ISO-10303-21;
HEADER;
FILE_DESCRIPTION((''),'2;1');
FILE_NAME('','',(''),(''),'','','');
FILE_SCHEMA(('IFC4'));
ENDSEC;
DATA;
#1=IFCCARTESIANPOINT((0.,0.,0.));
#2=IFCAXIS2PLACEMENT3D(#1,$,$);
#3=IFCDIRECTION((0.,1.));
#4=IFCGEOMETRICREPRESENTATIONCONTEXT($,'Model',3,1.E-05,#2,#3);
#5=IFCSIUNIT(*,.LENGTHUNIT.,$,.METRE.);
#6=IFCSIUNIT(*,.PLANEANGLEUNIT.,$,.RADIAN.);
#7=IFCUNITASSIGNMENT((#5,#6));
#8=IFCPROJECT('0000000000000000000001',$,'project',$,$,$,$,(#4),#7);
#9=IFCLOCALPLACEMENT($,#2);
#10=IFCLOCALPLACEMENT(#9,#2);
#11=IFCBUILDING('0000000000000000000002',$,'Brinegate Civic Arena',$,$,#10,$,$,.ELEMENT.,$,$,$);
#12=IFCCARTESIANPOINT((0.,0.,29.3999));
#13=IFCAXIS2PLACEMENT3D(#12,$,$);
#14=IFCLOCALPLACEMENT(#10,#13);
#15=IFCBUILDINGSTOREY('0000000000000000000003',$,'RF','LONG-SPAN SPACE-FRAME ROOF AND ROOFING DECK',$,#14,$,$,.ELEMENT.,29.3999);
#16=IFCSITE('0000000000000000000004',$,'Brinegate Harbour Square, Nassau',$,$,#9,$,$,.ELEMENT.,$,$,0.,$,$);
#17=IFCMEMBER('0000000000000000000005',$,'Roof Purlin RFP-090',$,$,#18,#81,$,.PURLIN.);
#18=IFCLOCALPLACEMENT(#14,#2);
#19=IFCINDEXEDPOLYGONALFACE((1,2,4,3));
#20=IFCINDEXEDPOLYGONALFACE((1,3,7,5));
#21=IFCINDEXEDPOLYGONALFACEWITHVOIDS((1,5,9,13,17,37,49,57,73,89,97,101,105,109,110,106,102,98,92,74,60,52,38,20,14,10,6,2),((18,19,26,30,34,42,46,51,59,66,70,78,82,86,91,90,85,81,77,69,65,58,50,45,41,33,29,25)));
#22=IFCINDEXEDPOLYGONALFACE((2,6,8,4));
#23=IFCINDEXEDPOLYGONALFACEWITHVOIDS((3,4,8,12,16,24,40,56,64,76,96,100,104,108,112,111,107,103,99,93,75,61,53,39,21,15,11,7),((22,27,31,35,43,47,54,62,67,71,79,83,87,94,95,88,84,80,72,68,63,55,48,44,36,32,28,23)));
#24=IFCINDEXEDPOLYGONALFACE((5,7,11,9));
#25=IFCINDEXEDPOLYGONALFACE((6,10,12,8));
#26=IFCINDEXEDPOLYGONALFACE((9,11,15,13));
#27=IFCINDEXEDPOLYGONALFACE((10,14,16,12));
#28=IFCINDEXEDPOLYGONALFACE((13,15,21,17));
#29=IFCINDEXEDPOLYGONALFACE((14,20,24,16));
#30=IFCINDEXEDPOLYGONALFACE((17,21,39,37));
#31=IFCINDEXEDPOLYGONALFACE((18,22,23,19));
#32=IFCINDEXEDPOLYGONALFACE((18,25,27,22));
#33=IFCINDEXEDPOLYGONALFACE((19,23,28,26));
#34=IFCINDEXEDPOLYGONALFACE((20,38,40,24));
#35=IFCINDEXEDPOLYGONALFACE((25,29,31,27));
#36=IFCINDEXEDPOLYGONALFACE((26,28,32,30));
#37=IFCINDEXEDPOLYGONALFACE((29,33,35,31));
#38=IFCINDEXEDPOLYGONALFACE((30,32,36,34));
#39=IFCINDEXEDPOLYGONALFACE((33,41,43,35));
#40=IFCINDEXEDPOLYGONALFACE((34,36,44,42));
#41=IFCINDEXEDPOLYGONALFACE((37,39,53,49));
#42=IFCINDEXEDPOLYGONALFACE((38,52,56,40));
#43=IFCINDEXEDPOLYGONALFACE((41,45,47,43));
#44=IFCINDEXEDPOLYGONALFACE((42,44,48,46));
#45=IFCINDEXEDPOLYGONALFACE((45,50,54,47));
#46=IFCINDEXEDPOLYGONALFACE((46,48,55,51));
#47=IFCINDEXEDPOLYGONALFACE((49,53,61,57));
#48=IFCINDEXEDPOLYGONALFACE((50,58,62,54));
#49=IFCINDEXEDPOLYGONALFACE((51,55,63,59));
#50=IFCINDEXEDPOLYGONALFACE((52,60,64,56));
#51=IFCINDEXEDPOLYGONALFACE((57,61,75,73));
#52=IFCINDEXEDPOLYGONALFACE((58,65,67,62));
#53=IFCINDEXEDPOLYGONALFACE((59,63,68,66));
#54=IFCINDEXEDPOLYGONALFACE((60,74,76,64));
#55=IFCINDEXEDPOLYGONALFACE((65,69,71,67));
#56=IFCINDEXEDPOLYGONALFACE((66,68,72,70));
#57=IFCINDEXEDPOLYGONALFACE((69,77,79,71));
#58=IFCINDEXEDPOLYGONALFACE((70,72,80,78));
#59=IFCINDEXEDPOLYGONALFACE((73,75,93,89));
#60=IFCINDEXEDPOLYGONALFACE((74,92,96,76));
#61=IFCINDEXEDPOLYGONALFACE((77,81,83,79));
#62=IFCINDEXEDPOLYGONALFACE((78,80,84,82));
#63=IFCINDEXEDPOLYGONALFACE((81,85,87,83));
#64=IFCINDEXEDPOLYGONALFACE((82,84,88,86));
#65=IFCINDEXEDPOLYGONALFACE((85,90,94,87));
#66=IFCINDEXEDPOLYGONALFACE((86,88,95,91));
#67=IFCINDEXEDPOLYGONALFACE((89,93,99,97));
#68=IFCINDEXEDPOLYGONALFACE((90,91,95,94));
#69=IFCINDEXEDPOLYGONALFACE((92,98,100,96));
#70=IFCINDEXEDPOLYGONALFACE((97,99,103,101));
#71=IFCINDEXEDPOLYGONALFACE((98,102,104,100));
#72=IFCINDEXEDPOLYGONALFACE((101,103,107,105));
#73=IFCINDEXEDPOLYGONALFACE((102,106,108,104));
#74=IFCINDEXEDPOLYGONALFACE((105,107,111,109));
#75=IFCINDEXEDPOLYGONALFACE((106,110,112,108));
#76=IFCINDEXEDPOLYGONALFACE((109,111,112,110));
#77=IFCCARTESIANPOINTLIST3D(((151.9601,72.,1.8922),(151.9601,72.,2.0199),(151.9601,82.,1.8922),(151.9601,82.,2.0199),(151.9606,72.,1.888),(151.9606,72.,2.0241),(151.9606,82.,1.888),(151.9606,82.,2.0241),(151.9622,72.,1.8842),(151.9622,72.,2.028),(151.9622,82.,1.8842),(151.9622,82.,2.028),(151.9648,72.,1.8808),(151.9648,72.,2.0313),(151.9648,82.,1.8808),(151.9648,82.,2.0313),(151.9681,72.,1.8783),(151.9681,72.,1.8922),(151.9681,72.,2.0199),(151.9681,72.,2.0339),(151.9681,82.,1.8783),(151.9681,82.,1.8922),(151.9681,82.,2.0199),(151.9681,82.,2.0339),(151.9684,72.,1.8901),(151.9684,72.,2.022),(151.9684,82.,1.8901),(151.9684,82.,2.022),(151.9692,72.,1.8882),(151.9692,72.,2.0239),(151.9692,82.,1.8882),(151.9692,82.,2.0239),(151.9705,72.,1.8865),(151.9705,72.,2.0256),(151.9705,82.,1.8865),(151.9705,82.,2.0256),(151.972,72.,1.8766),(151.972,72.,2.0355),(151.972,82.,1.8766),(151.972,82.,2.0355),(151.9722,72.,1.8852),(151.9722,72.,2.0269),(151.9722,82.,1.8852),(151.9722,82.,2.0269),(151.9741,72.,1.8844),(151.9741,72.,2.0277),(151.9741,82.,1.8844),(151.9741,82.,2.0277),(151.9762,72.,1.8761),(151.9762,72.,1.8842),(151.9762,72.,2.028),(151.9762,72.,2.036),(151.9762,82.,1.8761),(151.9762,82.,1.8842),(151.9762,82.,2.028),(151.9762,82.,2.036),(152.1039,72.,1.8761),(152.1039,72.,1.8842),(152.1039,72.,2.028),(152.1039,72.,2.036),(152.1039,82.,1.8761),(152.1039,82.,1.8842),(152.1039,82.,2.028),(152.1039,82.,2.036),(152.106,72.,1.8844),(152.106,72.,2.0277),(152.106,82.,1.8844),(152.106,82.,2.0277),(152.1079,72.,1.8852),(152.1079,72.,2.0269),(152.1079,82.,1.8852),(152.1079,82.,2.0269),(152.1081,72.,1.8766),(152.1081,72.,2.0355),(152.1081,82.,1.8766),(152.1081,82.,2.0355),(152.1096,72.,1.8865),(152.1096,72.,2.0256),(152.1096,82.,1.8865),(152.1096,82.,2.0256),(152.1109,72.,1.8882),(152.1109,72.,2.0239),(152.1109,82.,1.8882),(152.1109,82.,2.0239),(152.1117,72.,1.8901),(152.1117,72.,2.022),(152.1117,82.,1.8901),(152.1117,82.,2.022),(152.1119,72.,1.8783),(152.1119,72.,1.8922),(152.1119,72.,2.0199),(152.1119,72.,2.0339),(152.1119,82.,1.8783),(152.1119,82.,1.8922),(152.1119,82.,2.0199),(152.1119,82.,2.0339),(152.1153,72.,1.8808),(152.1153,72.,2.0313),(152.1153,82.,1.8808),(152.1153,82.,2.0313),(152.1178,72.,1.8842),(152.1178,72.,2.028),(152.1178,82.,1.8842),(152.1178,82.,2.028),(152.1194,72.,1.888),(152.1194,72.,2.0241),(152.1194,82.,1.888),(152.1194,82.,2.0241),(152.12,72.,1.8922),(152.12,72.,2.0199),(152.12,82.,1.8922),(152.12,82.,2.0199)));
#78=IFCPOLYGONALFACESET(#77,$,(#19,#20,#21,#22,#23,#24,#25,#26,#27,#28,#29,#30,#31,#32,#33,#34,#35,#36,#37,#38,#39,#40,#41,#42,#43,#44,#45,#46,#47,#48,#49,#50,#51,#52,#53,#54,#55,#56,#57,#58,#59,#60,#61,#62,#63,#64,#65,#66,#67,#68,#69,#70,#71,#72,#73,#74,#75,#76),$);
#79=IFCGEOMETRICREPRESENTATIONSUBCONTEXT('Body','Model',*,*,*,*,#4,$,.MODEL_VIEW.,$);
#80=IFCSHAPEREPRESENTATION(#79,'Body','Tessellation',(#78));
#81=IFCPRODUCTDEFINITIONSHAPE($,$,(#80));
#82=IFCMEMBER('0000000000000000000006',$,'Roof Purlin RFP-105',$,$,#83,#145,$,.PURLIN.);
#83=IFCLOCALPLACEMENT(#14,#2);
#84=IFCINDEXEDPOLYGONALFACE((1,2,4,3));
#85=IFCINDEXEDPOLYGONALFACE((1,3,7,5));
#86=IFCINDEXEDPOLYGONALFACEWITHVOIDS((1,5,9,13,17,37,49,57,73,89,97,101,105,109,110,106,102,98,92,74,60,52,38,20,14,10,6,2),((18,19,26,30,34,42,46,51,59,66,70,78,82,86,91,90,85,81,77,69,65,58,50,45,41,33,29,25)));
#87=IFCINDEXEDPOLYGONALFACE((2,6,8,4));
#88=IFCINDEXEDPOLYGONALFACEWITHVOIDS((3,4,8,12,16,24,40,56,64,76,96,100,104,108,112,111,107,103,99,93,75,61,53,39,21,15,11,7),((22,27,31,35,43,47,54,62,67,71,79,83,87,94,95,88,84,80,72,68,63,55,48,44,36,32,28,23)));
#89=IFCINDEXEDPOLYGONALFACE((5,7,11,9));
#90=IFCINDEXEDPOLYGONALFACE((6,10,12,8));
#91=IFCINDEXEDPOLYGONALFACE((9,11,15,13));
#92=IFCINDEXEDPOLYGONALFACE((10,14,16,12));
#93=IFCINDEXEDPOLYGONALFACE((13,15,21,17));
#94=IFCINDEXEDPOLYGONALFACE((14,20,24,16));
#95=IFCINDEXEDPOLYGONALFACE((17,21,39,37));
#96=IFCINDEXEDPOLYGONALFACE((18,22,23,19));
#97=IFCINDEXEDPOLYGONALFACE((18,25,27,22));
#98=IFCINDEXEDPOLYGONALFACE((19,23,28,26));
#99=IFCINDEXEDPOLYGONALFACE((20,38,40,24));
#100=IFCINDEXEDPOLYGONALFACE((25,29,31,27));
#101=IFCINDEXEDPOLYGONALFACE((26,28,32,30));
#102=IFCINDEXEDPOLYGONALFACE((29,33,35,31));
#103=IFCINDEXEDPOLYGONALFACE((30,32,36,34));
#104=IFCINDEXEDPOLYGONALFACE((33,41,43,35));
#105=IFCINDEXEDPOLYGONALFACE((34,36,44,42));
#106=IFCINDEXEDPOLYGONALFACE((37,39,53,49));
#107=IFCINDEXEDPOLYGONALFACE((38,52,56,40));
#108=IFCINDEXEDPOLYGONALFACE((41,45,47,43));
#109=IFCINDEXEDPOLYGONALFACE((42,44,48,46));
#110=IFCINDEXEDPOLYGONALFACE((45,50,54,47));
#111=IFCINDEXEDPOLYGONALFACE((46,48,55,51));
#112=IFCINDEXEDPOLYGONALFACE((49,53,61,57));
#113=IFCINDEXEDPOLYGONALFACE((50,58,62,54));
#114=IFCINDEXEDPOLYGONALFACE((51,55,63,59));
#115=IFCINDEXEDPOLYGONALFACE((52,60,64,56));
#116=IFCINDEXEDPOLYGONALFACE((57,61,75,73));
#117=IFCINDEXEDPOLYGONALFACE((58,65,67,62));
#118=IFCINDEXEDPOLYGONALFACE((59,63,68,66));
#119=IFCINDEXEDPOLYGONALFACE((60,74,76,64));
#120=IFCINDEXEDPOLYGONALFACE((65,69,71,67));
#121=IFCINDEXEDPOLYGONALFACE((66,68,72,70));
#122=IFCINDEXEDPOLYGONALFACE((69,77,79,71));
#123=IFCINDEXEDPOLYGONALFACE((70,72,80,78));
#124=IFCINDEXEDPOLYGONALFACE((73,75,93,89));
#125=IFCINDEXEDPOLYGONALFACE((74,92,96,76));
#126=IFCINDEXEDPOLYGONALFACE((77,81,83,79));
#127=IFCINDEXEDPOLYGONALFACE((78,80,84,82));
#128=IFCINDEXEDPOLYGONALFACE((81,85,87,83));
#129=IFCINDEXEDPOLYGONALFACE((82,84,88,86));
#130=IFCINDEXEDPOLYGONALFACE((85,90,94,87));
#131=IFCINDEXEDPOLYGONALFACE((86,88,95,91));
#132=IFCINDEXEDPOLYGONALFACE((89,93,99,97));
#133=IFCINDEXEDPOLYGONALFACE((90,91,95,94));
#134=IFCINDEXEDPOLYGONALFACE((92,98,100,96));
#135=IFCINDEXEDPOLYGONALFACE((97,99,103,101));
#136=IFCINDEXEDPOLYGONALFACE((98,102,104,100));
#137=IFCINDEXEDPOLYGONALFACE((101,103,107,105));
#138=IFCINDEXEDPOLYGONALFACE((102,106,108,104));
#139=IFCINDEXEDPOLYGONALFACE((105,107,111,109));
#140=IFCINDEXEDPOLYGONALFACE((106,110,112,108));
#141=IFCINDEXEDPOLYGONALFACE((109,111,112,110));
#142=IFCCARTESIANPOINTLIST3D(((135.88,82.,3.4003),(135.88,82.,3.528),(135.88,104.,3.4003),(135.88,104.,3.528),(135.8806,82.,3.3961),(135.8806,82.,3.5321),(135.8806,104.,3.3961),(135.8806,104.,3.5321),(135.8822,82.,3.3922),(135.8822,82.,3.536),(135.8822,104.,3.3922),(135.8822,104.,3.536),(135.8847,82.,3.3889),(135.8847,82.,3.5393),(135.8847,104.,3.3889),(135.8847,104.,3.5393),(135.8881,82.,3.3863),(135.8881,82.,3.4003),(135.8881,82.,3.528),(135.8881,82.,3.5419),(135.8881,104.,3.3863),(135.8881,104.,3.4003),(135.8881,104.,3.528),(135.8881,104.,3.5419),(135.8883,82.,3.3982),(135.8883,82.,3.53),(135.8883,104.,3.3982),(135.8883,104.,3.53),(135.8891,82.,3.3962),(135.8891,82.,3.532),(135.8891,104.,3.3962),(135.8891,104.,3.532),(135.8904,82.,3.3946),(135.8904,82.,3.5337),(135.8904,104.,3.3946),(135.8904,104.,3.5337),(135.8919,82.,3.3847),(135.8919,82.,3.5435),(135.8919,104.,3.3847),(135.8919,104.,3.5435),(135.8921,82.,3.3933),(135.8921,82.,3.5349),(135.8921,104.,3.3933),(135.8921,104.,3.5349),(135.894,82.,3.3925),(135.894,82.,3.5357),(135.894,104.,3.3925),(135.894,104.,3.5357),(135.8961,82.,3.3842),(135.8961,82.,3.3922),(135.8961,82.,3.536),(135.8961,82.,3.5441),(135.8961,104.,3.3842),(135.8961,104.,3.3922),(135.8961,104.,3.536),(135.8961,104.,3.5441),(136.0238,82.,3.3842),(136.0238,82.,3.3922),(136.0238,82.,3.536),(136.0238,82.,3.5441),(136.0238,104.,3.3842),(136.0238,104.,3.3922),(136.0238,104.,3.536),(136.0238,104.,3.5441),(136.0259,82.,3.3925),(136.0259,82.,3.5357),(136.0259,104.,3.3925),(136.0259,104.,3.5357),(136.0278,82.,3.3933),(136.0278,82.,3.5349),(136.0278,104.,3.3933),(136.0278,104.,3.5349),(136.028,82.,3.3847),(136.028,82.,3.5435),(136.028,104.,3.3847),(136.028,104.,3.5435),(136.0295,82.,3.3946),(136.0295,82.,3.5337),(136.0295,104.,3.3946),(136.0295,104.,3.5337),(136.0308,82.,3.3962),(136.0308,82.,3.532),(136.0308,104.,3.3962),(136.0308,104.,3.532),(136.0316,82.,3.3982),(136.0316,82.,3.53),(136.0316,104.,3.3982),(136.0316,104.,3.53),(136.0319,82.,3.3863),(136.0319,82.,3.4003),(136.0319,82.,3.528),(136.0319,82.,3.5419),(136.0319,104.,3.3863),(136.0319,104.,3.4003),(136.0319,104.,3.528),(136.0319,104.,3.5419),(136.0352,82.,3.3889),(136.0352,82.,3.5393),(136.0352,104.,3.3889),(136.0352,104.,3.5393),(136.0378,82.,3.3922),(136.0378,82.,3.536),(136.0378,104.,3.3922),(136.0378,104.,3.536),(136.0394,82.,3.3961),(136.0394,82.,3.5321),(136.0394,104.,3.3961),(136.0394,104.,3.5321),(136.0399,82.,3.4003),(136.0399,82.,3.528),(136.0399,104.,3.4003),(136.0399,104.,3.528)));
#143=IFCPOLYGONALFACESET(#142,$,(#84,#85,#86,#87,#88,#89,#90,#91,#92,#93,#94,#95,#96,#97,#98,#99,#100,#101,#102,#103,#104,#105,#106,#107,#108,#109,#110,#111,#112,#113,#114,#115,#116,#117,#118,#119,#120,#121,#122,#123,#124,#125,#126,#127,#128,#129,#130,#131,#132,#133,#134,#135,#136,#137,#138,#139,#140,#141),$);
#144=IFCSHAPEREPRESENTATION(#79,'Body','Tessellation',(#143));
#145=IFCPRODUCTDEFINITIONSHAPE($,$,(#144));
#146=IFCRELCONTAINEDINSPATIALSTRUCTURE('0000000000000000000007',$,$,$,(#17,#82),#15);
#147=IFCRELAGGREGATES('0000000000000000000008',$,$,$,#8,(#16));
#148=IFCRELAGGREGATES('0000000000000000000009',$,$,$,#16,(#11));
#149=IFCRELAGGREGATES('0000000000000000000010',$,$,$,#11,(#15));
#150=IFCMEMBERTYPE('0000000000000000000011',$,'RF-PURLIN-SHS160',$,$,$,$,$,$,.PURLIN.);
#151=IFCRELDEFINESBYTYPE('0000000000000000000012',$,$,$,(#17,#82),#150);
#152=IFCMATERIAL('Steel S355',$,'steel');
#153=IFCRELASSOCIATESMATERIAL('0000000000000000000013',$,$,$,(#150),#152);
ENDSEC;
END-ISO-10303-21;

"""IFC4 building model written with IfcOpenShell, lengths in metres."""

from ifc_helpers import new_model, si_unit, direction, frame, origin, origin_2d, place, context, subcontext, project, spatial, hollow_rectangle, extrude, material, material_profile, profile_set, type_object, element, save


model = new_model("IFC4")

# Units and contexts
model_context = context("Model", 3, precision=1e-05, world=origin(), true_north=direction((0.0, 1.0)))
body_context = subcontext(model_context, "Body", "Model", "MODEL_VIEW")
ifc_project = project(units=[si_unit("LENGTHUNIT", "METRE"), si_unit("PLANEANGLEUNIT", "RADIAN")], contexts=[model_context])

# Site, building, storey
site_placement = place(None, origin())
site = spatial("IfcSite", under=ifc_project, at=site_placement, Name="Brinegate Harbour Square, Nassau", CompositionType="ELEMENT", RefElevation=0.0)
building_placement = place(site_placement, origin())
building = spatial("IfcBuilding", under=site, at=building_placement, Name="Brinegate Civic Arena", CompositionType="ELEMENT")
storey_placement = place(building_placement, frame((0.0, 0.0, 29.3999)))
storey = spatial("IfcBuildingStorey", under=building, at=storey_placement, Name="RF", Description="LONG-SPAN SPACE-FRAME ROOF AND ROOFING DECK", CompositionType="ELEMENT", Elevation=29.3999)

# Shared definitions
ifc_material_1 = material(Name="Steel S355", Category="steel")

# Members
ifc_material_profile_1 = material_profile(ifc_material_1, hollow_rectangle(XDim=0.1599, YDim=0.1599, WallThickness=0.0081, InnerFilletRadius=0.0081, OuterFilletRadius=0.0161, at=origin_2d()), Name="SHS160X8")
ifc_profile_set_1 = profile_set([ifc_material_profile_1], Name="Steel S355")
member_type_1 = type_object("IfcMemberType", Name="RF-PURLIN-SHS160", PredefinedType="PURLIN", material=ifc_profile_set_1)
member_1_placement = place(storey_placement, frame((152.04, 72.0, 1.9561), z_axis=(0.0, 1.0, 0.0), x_axis=(-1.0, 0.0, 0.0)))
element("IfcMember", 1, at=member_1_placement, inside=storey, type_object=member_type_1, Name="Roof Purlin RFP-090", PredefinedType="PURLIN", context=body_context, shape_type="SweptSolid", body=[
    extrude(hollow_rectangle(XDim=0.1599, YDim=0.1599, WallThickness=0.0081, InnerFilletRadius=0.0081, OuterFilletRadius=0.0161, at=origin_2d()), origin(), (0.0, 0.0, 1.0), 10.0),
])
for number, where, z_axis, x_axis, name in (
    (2, (135.96, 82.0, 3.4641), (0.0, 1.0, 0.0), (-1.0, 0.0, 0.0), "Roof Purlin RFP-105"),
):
    element("IfcMember", number, at=place(storey_placement, frame(where, z_axis=z_axis, x_axis=x_axis)), inside=storey, type_object=member_type_1, Name=name, PredefinedType="PURLIN", context=body_context, shape_type="SweptSolid", body=[
        extrude(hollow_rectangle(XDim=0.1599, YDim=0.1599, WallThickness=0.0081, InnerFilletRadius=0.0081, OuterFilletRadius=0.0161, at=origin_2d()), origin(), (0.0, 0.0, 1.0), 22.0),
    ])

save(model, "model.ifc")
